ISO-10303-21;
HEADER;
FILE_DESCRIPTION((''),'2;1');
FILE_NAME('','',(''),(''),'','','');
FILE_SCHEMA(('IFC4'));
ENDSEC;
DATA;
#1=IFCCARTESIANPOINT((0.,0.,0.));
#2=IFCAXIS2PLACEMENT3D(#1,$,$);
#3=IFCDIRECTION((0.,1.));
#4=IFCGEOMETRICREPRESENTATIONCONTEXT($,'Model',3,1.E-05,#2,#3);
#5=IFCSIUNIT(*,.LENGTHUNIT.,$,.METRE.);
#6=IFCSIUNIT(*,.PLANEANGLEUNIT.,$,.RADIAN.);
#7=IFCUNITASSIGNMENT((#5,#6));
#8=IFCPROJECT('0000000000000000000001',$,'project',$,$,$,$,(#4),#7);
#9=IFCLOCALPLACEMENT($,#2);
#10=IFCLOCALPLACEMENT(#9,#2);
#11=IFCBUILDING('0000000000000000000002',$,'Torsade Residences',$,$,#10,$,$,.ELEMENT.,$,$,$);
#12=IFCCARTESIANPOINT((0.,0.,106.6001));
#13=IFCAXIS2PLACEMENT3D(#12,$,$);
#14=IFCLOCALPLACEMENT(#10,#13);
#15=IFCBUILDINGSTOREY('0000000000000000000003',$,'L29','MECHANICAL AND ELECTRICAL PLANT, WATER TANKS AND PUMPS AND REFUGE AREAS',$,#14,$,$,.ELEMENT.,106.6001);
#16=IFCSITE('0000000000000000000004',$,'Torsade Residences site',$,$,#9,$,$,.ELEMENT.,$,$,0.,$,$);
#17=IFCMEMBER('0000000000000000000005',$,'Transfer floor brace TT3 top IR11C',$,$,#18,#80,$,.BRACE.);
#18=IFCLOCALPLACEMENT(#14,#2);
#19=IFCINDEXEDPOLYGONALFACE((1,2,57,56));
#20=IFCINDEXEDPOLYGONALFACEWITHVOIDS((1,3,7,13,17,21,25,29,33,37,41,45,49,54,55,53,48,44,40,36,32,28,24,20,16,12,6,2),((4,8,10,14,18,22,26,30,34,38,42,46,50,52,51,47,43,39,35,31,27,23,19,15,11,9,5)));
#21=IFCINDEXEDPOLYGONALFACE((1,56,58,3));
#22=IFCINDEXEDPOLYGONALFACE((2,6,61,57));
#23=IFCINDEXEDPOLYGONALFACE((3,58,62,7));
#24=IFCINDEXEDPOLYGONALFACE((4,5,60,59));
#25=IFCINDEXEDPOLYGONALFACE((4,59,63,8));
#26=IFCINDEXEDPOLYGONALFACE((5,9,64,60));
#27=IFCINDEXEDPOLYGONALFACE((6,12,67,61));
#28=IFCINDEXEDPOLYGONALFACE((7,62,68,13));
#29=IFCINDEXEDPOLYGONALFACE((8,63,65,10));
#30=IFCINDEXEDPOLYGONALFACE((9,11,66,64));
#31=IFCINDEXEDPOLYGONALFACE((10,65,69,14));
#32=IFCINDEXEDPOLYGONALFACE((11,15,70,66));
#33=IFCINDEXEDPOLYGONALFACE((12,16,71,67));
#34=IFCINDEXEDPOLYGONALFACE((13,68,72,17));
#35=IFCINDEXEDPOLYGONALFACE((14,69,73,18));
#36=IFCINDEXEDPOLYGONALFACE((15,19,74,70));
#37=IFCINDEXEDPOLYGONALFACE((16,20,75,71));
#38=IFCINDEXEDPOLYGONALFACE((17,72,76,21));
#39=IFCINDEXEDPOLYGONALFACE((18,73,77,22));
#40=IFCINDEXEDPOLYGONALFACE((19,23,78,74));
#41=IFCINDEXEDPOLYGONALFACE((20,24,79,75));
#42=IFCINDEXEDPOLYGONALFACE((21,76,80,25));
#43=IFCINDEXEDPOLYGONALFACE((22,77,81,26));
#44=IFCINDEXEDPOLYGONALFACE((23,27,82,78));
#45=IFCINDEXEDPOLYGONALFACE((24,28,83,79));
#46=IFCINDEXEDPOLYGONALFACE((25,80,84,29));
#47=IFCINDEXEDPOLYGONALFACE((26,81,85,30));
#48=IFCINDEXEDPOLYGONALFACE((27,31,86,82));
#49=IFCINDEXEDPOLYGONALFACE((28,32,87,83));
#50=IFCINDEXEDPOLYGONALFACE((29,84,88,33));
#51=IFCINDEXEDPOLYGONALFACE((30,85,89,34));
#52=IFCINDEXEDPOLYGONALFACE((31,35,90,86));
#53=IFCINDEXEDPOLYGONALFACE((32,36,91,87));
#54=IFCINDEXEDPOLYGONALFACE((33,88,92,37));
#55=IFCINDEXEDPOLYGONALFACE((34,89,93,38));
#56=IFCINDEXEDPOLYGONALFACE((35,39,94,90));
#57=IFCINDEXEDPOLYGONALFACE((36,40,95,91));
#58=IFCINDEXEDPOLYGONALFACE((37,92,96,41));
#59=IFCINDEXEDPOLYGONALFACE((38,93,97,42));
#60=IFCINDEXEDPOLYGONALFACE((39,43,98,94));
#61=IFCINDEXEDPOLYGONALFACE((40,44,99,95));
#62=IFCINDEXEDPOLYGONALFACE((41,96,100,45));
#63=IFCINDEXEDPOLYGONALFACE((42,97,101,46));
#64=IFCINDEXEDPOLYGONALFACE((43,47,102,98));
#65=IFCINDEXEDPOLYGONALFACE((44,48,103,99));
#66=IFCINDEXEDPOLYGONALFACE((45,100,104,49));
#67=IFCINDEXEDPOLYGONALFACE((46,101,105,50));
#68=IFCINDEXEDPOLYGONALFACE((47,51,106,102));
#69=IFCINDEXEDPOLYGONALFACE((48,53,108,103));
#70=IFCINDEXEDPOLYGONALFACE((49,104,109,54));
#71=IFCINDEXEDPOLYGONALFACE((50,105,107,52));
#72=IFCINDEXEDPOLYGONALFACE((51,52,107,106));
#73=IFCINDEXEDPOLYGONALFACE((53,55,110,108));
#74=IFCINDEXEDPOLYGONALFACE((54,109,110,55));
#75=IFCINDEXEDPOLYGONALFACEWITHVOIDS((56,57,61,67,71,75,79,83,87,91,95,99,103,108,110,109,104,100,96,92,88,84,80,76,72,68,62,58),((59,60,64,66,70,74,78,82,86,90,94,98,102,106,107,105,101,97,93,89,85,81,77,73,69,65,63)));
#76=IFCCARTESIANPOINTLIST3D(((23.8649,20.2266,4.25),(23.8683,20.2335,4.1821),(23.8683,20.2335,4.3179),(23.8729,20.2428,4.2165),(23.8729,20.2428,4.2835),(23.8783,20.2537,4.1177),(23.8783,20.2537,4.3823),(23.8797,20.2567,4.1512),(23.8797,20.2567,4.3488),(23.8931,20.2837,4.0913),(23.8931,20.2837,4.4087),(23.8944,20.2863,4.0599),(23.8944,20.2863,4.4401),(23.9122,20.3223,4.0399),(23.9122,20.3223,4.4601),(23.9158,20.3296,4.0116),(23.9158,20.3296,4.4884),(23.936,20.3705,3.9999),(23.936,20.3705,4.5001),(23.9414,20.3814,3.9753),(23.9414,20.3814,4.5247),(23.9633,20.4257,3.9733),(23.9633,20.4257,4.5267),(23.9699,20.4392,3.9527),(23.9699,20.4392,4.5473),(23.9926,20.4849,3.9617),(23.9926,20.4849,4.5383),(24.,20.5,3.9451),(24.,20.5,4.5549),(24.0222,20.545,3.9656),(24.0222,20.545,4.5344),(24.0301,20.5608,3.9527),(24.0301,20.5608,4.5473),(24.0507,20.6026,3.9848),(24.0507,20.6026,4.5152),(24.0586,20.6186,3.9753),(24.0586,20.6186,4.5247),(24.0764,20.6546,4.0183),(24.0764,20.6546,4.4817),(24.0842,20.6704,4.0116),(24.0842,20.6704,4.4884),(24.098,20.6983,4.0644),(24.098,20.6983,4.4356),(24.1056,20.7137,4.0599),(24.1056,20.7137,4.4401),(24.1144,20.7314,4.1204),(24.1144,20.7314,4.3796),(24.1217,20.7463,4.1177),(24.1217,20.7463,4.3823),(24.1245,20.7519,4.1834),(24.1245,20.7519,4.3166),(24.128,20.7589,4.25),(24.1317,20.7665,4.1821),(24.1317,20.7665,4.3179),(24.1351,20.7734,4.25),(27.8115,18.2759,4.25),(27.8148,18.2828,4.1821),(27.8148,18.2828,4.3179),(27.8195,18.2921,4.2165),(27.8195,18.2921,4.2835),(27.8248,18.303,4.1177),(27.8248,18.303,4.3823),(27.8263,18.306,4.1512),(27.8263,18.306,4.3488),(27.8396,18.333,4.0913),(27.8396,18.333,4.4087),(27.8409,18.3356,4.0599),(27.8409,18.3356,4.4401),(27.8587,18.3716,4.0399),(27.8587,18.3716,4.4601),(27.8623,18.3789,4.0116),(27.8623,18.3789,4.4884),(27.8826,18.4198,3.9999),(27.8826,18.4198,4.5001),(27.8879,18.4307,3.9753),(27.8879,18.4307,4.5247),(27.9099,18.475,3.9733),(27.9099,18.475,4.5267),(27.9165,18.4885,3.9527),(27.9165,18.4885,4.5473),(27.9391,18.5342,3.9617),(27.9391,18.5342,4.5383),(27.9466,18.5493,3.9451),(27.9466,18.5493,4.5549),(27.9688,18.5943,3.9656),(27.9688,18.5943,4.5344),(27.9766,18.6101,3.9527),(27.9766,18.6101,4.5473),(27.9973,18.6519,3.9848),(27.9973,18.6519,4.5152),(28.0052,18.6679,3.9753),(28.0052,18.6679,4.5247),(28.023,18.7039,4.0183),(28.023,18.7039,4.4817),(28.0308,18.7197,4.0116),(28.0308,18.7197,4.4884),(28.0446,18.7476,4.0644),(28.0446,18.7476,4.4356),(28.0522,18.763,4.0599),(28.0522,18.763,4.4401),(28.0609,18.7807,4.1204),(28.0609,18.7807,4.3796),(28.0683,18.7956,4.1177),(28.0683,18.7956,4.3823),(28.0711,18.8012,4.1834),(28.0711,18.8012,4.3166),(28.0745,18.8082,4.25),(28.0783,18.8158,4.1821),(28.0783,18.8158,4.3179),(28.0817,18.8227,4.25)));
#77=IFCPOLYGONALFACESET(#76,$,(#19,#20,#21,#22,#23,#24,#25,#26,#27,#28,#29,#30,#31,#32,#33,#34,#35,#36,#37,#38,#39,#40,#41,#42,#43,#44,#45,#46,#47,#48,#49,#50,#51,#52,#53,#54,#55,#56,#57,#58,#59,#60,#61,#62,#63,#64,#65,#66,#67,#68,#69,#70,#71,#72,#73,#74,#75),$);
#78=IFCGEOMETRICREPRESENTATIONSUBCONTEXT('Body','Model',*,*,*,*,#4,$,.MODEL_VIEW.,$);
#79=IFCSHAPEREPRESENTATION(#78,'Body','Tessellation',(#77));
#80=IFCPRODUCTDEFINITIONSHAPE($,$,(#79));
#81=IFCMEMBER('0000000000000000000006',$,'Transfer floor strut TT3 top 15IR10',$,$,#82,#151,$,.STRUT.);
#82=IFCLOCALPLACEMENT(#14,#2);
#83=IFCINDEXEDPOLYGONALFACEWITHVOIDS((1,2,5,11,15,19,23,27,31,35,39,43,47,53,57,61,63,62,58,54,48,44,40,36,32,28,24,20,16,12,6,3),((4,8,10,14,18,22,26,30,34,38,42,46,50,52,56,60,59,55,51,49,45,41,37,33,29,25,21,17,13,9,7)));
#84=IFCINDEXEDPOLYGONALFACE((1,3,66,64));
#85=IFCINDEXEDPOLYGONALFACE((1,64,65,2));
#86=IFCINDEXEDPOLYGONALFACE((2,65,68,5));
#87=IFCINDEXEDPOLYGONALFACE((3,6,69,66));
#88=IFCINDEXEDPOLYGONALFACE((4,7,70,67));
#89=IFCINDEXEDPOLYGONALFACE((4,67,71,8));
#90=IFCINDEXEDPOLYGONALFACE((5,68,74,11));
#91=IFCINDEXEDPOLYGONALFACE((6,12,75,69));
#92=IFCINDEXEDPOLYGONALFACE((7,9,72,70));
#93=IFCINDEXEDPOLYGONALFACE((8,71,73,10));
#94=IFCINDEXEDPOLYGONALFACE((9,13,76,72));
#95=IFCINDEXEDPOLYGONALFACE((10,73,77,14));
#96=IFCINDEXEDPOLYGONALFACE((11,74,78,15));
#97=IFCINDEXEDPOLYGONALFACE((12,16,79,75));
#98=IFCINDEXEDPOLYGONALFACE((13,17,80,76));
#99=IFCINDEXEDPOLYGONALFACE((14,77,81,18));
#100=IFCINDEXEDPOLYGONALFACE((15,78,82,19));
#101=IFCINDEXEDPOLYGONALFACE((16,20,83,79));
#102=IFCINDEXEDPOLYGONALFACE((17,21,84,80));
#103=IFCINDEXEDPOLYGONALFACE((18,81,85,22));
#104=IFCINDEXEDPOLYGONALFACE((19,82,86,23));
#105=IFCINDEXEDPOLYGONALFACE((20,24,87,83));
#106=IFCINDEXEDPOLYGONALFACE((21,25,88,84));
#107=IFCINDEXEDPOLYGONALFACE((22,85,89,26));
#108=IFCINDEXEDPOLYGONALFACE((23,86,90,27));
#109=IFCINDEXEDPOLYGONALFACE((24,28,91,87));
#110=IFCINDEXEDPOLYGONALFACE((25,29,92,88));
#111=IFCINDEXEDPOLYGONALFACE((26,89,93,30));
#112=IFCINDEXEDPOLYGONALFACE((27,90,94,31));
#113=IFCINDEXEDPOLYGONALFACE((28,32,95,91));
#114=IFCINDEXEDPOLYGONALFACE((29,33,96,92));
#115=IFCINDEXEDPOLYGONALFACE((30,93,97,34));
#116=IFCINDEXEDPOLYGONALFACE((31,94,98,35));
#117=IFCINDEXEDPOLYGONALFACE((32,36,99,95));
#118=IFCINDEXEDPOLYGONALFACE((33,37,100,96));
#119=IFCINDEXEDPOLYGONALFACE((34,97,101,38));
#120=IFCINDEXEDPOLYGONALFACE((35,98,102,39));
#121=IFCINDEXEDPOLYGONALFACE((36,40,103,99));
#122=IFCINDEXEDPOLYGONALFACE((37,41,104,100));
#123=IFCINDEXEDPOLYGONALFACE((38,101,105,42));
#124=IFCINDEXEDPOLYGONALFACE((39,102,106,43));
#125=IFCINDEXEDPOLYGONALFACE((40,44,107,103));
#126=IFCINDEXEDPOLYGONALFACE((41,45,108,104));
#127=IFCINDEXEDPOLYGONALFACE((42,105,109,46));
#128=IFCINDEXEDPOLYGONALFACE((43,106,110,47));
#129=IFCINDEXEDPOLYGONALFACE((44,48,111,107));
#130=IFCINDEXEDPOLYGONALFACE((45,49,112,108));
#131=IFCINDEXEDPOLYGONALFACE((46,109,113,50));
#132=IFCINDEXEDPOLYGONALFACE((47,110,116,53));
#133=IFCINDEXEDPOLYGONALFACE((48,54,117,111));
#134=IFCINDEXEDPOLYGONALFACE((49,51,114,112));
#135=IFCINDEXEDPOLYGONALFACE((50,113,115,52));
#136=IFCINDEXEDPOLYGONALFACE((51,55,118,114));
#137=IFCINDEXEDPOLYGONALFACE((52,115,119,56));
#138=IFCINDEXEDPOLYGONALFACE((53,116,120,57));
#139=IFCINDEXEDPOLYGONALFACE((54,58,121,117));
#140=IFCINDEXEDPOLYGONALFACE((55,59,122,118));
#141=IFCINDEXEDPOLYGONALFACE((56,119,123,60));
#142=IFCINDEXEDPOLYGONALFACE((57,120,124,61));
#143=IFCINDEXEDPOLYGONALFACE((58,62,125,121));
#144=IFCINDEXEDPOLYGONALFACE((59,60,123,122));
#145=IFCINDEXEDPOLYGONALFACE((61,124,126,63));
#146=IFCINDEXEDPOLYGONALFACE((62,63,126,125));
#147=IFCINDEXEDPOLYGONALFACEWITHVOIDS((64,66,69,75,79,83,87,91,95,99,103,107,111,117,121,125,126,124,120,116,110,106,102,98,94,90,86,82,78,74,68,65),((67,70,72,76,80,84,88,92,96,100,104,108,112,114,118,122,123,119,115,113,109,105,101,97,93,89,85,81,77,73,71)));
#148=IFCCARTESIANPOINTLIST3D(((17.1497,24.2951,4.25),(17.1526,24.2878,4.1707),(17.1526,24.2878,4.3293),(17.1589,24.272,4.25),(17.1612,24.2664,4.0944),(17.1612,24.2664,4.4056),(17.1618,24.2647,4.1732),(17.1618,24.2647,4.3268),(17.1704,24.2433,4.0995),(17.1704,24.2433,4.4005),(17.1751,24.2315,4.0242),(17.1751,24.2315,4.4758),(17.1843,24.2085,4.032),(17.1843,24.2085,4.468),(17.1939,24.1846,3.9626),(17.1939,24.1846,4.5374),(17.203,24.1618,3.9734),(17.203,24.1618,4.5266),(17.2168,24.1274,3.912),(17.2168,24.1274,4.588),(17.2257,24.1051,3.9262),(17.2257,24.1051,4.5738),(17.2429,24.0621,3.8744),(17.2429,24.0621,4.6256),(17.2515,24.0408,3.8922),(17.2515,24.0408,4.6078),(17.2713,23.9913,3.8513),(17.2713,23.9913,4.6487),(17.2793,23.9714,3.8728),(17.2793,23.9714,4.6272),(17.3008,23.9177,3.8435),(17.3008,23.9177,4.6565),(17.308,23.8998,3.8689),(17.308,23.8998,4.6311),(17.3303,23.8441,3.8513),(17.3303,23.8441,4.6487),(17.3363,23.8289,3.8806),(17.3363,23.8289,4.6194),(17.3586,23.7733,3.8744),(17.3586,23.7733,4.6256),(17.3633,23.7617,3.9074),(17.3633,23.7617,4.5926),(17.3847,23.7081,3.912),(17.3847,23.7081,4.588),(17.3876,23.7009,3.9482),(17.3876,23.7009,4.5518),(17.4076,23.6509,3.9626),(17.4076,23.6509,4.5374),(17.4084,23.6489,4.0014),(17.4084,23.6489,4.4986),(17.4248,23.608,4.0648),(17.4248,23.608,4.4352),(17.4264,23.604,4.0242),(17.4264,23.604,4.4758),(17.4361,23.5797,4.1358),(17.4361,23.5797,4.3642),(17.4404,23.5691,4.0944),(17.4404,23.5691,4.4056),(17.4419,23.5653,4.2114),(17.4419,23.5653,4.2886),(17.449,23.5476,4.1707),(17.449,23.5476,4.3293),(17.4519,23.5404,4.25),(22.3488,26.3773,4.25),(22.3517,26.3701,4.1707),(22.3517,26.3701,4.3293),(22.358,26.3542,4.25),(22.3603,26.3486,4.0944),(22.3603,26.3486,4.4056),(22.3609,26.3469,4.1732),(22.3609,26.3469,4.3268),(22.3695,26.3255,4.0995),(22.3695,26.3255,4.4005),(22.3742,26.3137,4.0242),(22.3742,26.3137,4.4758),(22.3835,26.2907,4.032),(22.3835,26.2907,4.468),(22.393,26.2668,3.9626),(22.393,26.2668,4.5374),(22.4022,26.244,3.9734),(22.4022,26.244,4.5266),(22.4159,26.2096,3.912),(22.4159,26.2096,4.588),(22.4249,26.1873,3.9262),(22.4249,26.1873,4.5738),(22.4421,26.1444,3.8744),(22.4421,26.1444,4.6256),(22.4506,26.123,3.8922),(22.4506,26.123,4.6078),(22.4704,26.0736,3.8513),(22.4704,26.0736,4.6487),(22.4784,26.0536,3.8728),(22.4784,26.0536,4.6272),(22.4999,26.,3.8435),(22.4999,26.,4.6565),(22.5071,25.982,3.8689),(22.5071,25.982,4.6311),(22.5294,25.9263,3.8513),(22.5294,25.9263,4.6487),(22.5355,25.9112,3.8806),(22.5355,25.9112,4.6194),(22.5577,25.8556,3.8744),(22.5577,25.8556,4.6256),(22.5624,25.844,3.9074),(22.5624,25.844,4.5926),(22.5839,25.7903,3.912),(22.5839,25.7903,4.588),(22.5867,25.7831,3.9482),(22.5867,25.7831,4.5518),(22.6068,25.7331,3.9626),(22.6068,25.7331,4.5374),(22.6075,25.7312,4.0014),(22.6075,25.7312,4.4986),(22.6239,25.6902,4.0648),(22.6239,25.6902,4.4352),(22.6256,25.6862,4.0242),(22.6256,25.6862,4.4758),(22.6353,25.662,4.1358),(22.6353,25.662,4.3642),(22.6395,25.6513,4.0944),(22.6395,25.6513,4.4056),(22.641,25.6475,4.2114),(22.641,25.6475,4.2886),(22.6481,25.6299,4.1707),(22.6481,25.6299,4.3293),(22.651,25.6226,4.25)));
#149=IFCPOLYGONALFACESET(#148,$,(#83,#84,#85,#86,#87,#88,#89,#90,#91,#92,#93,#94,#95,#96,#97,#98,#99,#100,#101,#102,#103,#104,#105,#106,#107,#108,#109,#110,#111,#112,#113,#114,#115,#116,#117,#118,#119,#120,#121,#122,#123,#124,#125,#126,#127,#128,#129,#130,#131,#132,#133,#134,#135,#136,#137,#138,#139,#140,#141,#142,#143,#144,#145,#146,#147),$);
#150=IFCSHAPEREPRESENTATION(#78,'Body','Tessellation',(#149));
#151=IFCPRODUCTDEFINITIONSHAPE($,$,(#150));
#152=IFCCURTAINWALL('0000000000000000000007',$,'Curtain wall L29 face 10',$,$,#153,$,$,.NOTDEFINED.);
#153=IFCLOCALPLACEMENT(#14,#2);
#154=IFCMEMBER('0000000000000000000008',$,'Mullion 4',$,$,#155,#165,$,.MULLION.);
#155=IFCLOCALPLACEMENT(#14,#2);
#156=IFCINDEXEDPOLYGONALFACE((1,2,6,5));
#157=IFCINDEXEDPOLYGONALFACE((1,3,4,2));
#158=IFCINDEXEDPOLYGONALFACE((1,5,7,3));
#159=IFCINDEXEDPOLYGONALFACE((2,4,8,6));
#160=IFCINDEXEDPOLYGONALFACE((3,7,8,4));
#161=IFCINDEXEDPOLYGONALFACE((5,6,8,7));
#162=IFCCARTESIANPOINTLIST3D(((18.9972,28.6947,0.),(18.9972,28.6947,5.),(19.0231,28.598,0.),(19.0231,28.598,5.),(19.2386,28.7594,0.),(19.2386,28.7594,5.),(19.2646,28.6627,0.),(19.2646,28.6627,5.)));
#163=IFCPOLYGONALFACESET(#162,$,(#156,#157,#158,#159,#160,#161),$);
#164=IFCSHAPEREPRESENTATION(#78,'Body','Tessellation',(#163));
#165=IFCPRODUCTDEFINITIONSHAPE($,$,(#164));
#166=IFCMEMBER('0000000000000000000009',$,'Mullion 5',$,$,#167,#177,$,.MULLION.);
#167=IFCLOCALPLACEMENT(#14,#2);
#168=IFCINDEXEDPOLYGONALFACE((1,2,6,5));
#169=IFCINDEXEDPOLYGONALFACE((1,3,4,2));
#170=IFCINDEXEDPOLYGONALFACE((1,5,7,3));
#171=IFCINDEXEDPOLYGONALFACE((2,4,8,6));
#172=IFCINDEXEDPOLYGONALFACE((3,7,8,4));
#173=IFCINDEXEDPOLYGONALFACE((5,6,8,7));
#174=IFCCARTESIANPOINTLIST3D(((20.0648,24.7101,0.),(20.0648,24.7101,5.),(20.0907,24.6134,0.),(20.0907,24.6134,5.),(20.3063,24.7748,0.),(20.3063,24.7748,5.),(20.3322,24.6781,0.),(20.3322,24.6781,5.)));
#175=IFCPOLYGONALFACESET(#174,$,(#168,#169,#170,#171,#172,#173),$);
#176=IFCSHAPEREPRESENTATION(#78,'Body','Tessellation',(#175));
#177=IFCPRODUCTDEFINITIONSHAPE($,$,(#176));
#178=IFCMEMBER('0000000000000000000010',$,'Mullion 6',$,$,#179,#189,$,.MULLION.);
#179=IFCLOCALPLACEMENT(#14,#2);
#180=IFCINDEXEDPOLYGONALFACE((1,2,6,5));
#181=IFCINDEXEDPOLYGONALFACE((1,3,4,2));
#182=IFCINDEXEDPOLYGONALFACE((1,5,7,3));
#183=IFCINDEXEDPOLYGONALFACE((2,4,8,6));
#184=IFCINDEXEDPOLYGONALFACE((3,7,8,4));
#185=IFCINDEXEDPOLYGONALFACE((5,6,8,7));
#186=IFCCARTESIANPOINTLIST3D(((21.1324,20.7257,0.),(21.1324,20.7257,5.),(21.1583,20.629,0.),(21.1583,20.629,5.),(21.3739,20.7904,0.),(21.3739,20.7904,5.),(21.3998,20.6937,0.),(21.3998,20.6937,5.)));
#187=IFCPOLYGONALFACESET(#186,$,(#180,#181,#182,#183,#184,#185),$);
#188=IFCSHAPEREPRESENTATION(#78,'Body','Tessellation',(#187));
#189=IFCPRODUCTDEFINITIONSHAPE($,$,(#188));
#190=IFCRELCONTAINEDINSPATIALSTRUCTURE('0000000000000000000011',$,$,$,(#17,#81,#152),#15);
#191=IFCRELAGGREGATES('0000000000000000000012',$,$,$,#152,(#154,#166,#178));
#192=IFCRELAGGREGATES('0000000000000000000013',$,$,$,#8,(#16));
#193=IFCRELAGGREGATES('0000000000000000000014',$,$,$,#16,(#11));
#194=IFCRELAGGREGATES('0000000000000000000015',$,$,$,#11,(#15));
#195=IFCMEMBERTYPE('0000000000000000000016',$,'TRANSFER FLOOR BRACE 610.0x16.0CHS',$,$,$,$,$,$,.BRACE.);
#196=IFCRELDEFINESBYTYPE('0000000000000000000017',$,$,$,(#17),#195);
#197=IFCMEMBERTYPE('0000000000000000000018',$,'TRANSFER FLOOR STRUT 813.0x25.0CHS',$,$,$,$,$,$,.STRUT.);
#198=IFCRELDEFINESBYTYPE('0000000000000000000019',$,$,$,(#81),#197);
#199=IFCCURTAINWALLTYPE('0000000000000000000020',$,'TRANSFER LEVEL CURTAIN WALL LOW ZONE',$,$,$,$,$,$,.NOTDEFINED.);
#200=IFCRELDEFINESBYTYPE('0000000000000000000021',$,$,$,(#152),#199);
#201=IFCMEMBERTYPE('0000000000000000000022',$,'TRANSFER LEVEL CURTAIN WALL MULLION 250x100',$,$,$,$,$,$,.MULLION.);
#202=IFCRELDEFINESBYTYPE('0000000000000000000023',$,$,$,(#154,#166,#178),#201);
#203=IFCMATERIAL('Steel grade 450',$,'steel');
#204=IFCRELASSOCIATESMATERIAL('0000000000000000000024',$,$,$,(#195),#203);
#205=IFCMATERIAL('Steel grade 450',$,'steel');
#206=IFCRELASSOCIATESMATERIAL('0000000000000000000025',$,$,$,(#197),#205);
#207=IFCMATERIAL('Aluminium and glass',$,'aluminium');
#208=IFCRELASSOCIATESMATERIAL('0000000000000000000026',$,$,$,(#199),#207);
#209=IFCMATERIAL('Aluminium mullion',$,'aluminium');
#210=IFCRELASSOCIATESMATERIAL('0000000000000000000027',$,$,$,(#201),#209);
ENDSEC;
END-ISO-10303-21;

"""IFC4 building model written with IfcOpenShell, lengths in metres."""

from ifc_helpers import new_model, si_unit, direction, frame, origin, origin_2d, place, context, subcontext, project, spatial, rectangle, hollow_circle, extrude, material, material_profile, profile_set, type_object, element, aggregate, save


model = new_model("IFC4")

# Units and contexts
model_context = context("Model", 3, precision=1e-05, world=origin(), true_north=direction((0.0, 1.0)))
body_context = subcontext(model_context, "Body", "Model", "MODEL_VIEW")
ifc_project = project(units=[si_unit("LENGTHUNIT", "METRE"), si_unit("PLANEANGLEUNIT", "RADIAN")], contexts=[model_context])

# Site, building, storey
site_placement = place(None, origin())
site = spatial("IfcSite", under=ifc_project, at=site_placement, Name="Torsade Residences site", CompositionType="ELEMENT", RefElevation=0.0)
building_placement = place(site_placement, origin())
building = spatial("IfcBuilding", under=site, at=building_placement, Name="Torsade Residences", CompositionType="ELEMENT")
storey_placement = place(building_placement, frame((0.0, 0.0, 106.6001)))
storey = spatial("IfcBuildingStorey", under=building, at=storey_placement, Name="L29", Description="MECHANICAL AND ELECTRICAL PLANT, WATER TANKS AND PUMPS AND REFUGE AREAS", CompositionType="ELEMENT", Elevation=106.6001)

# Members
ifc_material_1 = material(Name="Steel grade 450", Category="steel")
ifc_material_profile_1 = material_profile(ifc_material_1, hollow_circle(Radius=0.3049, WallThickness=0.0161, at=origin_2d()), Name="610.0x16.0CHS")
ifc_profile_set_1 = profile_set([ifc_material_profile_1], Name="Steel grade 450")
member_type_1 = type_object("IfcMemberType", Name="TRANSFER FLOOR BRACE 610.0x16.0CHS", PredefinedType="BRACE", material=ifc_profile_set_1)
member_1_placement = place(storey_placement, frame((24.0, 20.5, 4.25), z_axis=(0.89647, -0.443105, 0.0), x_axis=(0.443105, 0.89647, 0.0)))
element("IfcMember", 1, at=member_1_placement, inside=storey, type_object=member_type_1, Name="Transfer floor brace TT3 top IR11C", PredefinedType="BRACE", context=body_context, shape_type="SweptSolid", body=[
    extrude(hollow_circle(Radius=0.3049, WallThickness=0.0161, at=origin_2d()), origin(), (0.0, 0.0, 1.0), 4.4023),
])
ifc_material_2 = material(Name="Steel grade 450", Category="steel")
ifc_material_profile_2 = material_profile(ifc_material_2, hollow_circle(Radius=0.4065, WallThickness=0.0249, at=origin_2d()), Name="813.0x25.0CHS")
ifc_profile_set_2 = profile_set([ifc_material_profile_2], Name="Steel grade 450")
member_type_2 = type_object("IfcMemberType", Name="TRANSFER FLOOR STRUT 813.0x25.0CHS", PredefinedType="STRUT", material=ifc_profile_set_2)
member_2_placement = place(storey_placement, frame((17.3008, 23.9177, 4.25), z_axis=(0.928317, 0.371789, 0.0), x_axis=(-0.371789, 0.928317, 0.0)))
element("IfcMember", 2, at=member_2_placement, inside=storey, type_object=member_type_2, Name="Transfer floor strut TT3 top 15IR10", PredefinedType="STRUT", context=body_context, shape_type="SweptSolid", body=[
    extrude(hollow_circle(Radius=0.4065, WallThickness=0.0249, at=origin_2d()), origin(), (0.0, 0.0, 1.0), 5.6006),
])

# Curtain wall, members
ifc_material_3 = material(Name="Aluminium and glass", Category="aluminium")
curtain_wall_type = type_object("IfcCurtainWallType", Name="TRANSFER LEVEL CURTAIN WALL LOW ZONE", PredefinedType="NOTDEFINED", material=ifc_material_3)
curtain_wall_placement = place(storey_placement, origin())
curtain_wall = element("IfcCurtainWall", 3, at=curtain_wall_placement, inside=storey, type_object=curtain_wall_type, Name="Curtain wall L29 face 10", PredefinedType="NOTDEFINED")
ifc_material_4 = material(Name="Aluminium mullion", Category="aluminium")
ifc_material_profile_3 = material_profile(ifc_material_4, rectangle(XDim=0.25, YDim=0.1001, at=origin_2d()), Name="TRANSFER LEVEL CURTAIN WALL MULLION 250x100")
ifc_profile_set_3 = profile_set([ifc_material_profile_3], Name="Aluminium mullion")
member_type_3 = type_object("IfcMemberType", Name="TRANSFER LEVEL CURTAIN WALL MULLION 250x100", PredefinedType="MULLION", material=ifc_profile_set_3)
member_3_placement = place(storey_placement, frame((19.1309, 28.6787, 0.0), z_axis=(0.0, 0.0, 1.0), x_axis=(0.965926, 0.258819, 0.0)))
member_3 = element("IfcMember", 4, at=member_3_placement, type_object=member_type_3, Name="Mullion 4", PredefinedType="MULLION", context=body_context, shape_type="SweptSolid", body=[
    extrude(rectangle(XDim=0.25, YDim=0.1001, at=origin_2d()), origin(), (0.0, 0.0, 1.0), 5.0),
])
member_4_placement = place(storey_placement, frame((20.1985, 24.6941, 0.0), z_axis=(0.0, 0.0, 1.0), x_axis=(0.965926, 0.258819, 0.0)))
member_4 = element("IfcMember", 5, at=member_4_placement, type_object=member_type_3, Name="Mullion 5", PredefinedType="MULLION", context=body_context, shape_type="SweptSolid", body=[
    extrude(rectangle(XDim=0.25, YDim=0.1001, at=origin_2d()), origin(), (0.0, 0.0, 1.0), 5.0),
])
member_5_placement = place(storey_placement, frame((21.2661, 20.7097, 0.0), z_axis=(0.0, 0.0, 1.0), x_axis=(0.965926, 0.258819, 0.0)))
member_5 = element("IfcMember", 6, at=member_5_placement, type_object=member_type_3, Name="Mullion 6", PredefinedType="MULLION", context=body_context, shape_type="SweptSolid", body=[
    extrude(rectangle(XDim=0.25, YDim=0.1001, at=origin_2d()), origin(), (0.0, 0.0, 1.0), 5.0),
])

aggregate(curtain_wall, [member_3, member_4, member_5])

save(model, "model.ifc")
